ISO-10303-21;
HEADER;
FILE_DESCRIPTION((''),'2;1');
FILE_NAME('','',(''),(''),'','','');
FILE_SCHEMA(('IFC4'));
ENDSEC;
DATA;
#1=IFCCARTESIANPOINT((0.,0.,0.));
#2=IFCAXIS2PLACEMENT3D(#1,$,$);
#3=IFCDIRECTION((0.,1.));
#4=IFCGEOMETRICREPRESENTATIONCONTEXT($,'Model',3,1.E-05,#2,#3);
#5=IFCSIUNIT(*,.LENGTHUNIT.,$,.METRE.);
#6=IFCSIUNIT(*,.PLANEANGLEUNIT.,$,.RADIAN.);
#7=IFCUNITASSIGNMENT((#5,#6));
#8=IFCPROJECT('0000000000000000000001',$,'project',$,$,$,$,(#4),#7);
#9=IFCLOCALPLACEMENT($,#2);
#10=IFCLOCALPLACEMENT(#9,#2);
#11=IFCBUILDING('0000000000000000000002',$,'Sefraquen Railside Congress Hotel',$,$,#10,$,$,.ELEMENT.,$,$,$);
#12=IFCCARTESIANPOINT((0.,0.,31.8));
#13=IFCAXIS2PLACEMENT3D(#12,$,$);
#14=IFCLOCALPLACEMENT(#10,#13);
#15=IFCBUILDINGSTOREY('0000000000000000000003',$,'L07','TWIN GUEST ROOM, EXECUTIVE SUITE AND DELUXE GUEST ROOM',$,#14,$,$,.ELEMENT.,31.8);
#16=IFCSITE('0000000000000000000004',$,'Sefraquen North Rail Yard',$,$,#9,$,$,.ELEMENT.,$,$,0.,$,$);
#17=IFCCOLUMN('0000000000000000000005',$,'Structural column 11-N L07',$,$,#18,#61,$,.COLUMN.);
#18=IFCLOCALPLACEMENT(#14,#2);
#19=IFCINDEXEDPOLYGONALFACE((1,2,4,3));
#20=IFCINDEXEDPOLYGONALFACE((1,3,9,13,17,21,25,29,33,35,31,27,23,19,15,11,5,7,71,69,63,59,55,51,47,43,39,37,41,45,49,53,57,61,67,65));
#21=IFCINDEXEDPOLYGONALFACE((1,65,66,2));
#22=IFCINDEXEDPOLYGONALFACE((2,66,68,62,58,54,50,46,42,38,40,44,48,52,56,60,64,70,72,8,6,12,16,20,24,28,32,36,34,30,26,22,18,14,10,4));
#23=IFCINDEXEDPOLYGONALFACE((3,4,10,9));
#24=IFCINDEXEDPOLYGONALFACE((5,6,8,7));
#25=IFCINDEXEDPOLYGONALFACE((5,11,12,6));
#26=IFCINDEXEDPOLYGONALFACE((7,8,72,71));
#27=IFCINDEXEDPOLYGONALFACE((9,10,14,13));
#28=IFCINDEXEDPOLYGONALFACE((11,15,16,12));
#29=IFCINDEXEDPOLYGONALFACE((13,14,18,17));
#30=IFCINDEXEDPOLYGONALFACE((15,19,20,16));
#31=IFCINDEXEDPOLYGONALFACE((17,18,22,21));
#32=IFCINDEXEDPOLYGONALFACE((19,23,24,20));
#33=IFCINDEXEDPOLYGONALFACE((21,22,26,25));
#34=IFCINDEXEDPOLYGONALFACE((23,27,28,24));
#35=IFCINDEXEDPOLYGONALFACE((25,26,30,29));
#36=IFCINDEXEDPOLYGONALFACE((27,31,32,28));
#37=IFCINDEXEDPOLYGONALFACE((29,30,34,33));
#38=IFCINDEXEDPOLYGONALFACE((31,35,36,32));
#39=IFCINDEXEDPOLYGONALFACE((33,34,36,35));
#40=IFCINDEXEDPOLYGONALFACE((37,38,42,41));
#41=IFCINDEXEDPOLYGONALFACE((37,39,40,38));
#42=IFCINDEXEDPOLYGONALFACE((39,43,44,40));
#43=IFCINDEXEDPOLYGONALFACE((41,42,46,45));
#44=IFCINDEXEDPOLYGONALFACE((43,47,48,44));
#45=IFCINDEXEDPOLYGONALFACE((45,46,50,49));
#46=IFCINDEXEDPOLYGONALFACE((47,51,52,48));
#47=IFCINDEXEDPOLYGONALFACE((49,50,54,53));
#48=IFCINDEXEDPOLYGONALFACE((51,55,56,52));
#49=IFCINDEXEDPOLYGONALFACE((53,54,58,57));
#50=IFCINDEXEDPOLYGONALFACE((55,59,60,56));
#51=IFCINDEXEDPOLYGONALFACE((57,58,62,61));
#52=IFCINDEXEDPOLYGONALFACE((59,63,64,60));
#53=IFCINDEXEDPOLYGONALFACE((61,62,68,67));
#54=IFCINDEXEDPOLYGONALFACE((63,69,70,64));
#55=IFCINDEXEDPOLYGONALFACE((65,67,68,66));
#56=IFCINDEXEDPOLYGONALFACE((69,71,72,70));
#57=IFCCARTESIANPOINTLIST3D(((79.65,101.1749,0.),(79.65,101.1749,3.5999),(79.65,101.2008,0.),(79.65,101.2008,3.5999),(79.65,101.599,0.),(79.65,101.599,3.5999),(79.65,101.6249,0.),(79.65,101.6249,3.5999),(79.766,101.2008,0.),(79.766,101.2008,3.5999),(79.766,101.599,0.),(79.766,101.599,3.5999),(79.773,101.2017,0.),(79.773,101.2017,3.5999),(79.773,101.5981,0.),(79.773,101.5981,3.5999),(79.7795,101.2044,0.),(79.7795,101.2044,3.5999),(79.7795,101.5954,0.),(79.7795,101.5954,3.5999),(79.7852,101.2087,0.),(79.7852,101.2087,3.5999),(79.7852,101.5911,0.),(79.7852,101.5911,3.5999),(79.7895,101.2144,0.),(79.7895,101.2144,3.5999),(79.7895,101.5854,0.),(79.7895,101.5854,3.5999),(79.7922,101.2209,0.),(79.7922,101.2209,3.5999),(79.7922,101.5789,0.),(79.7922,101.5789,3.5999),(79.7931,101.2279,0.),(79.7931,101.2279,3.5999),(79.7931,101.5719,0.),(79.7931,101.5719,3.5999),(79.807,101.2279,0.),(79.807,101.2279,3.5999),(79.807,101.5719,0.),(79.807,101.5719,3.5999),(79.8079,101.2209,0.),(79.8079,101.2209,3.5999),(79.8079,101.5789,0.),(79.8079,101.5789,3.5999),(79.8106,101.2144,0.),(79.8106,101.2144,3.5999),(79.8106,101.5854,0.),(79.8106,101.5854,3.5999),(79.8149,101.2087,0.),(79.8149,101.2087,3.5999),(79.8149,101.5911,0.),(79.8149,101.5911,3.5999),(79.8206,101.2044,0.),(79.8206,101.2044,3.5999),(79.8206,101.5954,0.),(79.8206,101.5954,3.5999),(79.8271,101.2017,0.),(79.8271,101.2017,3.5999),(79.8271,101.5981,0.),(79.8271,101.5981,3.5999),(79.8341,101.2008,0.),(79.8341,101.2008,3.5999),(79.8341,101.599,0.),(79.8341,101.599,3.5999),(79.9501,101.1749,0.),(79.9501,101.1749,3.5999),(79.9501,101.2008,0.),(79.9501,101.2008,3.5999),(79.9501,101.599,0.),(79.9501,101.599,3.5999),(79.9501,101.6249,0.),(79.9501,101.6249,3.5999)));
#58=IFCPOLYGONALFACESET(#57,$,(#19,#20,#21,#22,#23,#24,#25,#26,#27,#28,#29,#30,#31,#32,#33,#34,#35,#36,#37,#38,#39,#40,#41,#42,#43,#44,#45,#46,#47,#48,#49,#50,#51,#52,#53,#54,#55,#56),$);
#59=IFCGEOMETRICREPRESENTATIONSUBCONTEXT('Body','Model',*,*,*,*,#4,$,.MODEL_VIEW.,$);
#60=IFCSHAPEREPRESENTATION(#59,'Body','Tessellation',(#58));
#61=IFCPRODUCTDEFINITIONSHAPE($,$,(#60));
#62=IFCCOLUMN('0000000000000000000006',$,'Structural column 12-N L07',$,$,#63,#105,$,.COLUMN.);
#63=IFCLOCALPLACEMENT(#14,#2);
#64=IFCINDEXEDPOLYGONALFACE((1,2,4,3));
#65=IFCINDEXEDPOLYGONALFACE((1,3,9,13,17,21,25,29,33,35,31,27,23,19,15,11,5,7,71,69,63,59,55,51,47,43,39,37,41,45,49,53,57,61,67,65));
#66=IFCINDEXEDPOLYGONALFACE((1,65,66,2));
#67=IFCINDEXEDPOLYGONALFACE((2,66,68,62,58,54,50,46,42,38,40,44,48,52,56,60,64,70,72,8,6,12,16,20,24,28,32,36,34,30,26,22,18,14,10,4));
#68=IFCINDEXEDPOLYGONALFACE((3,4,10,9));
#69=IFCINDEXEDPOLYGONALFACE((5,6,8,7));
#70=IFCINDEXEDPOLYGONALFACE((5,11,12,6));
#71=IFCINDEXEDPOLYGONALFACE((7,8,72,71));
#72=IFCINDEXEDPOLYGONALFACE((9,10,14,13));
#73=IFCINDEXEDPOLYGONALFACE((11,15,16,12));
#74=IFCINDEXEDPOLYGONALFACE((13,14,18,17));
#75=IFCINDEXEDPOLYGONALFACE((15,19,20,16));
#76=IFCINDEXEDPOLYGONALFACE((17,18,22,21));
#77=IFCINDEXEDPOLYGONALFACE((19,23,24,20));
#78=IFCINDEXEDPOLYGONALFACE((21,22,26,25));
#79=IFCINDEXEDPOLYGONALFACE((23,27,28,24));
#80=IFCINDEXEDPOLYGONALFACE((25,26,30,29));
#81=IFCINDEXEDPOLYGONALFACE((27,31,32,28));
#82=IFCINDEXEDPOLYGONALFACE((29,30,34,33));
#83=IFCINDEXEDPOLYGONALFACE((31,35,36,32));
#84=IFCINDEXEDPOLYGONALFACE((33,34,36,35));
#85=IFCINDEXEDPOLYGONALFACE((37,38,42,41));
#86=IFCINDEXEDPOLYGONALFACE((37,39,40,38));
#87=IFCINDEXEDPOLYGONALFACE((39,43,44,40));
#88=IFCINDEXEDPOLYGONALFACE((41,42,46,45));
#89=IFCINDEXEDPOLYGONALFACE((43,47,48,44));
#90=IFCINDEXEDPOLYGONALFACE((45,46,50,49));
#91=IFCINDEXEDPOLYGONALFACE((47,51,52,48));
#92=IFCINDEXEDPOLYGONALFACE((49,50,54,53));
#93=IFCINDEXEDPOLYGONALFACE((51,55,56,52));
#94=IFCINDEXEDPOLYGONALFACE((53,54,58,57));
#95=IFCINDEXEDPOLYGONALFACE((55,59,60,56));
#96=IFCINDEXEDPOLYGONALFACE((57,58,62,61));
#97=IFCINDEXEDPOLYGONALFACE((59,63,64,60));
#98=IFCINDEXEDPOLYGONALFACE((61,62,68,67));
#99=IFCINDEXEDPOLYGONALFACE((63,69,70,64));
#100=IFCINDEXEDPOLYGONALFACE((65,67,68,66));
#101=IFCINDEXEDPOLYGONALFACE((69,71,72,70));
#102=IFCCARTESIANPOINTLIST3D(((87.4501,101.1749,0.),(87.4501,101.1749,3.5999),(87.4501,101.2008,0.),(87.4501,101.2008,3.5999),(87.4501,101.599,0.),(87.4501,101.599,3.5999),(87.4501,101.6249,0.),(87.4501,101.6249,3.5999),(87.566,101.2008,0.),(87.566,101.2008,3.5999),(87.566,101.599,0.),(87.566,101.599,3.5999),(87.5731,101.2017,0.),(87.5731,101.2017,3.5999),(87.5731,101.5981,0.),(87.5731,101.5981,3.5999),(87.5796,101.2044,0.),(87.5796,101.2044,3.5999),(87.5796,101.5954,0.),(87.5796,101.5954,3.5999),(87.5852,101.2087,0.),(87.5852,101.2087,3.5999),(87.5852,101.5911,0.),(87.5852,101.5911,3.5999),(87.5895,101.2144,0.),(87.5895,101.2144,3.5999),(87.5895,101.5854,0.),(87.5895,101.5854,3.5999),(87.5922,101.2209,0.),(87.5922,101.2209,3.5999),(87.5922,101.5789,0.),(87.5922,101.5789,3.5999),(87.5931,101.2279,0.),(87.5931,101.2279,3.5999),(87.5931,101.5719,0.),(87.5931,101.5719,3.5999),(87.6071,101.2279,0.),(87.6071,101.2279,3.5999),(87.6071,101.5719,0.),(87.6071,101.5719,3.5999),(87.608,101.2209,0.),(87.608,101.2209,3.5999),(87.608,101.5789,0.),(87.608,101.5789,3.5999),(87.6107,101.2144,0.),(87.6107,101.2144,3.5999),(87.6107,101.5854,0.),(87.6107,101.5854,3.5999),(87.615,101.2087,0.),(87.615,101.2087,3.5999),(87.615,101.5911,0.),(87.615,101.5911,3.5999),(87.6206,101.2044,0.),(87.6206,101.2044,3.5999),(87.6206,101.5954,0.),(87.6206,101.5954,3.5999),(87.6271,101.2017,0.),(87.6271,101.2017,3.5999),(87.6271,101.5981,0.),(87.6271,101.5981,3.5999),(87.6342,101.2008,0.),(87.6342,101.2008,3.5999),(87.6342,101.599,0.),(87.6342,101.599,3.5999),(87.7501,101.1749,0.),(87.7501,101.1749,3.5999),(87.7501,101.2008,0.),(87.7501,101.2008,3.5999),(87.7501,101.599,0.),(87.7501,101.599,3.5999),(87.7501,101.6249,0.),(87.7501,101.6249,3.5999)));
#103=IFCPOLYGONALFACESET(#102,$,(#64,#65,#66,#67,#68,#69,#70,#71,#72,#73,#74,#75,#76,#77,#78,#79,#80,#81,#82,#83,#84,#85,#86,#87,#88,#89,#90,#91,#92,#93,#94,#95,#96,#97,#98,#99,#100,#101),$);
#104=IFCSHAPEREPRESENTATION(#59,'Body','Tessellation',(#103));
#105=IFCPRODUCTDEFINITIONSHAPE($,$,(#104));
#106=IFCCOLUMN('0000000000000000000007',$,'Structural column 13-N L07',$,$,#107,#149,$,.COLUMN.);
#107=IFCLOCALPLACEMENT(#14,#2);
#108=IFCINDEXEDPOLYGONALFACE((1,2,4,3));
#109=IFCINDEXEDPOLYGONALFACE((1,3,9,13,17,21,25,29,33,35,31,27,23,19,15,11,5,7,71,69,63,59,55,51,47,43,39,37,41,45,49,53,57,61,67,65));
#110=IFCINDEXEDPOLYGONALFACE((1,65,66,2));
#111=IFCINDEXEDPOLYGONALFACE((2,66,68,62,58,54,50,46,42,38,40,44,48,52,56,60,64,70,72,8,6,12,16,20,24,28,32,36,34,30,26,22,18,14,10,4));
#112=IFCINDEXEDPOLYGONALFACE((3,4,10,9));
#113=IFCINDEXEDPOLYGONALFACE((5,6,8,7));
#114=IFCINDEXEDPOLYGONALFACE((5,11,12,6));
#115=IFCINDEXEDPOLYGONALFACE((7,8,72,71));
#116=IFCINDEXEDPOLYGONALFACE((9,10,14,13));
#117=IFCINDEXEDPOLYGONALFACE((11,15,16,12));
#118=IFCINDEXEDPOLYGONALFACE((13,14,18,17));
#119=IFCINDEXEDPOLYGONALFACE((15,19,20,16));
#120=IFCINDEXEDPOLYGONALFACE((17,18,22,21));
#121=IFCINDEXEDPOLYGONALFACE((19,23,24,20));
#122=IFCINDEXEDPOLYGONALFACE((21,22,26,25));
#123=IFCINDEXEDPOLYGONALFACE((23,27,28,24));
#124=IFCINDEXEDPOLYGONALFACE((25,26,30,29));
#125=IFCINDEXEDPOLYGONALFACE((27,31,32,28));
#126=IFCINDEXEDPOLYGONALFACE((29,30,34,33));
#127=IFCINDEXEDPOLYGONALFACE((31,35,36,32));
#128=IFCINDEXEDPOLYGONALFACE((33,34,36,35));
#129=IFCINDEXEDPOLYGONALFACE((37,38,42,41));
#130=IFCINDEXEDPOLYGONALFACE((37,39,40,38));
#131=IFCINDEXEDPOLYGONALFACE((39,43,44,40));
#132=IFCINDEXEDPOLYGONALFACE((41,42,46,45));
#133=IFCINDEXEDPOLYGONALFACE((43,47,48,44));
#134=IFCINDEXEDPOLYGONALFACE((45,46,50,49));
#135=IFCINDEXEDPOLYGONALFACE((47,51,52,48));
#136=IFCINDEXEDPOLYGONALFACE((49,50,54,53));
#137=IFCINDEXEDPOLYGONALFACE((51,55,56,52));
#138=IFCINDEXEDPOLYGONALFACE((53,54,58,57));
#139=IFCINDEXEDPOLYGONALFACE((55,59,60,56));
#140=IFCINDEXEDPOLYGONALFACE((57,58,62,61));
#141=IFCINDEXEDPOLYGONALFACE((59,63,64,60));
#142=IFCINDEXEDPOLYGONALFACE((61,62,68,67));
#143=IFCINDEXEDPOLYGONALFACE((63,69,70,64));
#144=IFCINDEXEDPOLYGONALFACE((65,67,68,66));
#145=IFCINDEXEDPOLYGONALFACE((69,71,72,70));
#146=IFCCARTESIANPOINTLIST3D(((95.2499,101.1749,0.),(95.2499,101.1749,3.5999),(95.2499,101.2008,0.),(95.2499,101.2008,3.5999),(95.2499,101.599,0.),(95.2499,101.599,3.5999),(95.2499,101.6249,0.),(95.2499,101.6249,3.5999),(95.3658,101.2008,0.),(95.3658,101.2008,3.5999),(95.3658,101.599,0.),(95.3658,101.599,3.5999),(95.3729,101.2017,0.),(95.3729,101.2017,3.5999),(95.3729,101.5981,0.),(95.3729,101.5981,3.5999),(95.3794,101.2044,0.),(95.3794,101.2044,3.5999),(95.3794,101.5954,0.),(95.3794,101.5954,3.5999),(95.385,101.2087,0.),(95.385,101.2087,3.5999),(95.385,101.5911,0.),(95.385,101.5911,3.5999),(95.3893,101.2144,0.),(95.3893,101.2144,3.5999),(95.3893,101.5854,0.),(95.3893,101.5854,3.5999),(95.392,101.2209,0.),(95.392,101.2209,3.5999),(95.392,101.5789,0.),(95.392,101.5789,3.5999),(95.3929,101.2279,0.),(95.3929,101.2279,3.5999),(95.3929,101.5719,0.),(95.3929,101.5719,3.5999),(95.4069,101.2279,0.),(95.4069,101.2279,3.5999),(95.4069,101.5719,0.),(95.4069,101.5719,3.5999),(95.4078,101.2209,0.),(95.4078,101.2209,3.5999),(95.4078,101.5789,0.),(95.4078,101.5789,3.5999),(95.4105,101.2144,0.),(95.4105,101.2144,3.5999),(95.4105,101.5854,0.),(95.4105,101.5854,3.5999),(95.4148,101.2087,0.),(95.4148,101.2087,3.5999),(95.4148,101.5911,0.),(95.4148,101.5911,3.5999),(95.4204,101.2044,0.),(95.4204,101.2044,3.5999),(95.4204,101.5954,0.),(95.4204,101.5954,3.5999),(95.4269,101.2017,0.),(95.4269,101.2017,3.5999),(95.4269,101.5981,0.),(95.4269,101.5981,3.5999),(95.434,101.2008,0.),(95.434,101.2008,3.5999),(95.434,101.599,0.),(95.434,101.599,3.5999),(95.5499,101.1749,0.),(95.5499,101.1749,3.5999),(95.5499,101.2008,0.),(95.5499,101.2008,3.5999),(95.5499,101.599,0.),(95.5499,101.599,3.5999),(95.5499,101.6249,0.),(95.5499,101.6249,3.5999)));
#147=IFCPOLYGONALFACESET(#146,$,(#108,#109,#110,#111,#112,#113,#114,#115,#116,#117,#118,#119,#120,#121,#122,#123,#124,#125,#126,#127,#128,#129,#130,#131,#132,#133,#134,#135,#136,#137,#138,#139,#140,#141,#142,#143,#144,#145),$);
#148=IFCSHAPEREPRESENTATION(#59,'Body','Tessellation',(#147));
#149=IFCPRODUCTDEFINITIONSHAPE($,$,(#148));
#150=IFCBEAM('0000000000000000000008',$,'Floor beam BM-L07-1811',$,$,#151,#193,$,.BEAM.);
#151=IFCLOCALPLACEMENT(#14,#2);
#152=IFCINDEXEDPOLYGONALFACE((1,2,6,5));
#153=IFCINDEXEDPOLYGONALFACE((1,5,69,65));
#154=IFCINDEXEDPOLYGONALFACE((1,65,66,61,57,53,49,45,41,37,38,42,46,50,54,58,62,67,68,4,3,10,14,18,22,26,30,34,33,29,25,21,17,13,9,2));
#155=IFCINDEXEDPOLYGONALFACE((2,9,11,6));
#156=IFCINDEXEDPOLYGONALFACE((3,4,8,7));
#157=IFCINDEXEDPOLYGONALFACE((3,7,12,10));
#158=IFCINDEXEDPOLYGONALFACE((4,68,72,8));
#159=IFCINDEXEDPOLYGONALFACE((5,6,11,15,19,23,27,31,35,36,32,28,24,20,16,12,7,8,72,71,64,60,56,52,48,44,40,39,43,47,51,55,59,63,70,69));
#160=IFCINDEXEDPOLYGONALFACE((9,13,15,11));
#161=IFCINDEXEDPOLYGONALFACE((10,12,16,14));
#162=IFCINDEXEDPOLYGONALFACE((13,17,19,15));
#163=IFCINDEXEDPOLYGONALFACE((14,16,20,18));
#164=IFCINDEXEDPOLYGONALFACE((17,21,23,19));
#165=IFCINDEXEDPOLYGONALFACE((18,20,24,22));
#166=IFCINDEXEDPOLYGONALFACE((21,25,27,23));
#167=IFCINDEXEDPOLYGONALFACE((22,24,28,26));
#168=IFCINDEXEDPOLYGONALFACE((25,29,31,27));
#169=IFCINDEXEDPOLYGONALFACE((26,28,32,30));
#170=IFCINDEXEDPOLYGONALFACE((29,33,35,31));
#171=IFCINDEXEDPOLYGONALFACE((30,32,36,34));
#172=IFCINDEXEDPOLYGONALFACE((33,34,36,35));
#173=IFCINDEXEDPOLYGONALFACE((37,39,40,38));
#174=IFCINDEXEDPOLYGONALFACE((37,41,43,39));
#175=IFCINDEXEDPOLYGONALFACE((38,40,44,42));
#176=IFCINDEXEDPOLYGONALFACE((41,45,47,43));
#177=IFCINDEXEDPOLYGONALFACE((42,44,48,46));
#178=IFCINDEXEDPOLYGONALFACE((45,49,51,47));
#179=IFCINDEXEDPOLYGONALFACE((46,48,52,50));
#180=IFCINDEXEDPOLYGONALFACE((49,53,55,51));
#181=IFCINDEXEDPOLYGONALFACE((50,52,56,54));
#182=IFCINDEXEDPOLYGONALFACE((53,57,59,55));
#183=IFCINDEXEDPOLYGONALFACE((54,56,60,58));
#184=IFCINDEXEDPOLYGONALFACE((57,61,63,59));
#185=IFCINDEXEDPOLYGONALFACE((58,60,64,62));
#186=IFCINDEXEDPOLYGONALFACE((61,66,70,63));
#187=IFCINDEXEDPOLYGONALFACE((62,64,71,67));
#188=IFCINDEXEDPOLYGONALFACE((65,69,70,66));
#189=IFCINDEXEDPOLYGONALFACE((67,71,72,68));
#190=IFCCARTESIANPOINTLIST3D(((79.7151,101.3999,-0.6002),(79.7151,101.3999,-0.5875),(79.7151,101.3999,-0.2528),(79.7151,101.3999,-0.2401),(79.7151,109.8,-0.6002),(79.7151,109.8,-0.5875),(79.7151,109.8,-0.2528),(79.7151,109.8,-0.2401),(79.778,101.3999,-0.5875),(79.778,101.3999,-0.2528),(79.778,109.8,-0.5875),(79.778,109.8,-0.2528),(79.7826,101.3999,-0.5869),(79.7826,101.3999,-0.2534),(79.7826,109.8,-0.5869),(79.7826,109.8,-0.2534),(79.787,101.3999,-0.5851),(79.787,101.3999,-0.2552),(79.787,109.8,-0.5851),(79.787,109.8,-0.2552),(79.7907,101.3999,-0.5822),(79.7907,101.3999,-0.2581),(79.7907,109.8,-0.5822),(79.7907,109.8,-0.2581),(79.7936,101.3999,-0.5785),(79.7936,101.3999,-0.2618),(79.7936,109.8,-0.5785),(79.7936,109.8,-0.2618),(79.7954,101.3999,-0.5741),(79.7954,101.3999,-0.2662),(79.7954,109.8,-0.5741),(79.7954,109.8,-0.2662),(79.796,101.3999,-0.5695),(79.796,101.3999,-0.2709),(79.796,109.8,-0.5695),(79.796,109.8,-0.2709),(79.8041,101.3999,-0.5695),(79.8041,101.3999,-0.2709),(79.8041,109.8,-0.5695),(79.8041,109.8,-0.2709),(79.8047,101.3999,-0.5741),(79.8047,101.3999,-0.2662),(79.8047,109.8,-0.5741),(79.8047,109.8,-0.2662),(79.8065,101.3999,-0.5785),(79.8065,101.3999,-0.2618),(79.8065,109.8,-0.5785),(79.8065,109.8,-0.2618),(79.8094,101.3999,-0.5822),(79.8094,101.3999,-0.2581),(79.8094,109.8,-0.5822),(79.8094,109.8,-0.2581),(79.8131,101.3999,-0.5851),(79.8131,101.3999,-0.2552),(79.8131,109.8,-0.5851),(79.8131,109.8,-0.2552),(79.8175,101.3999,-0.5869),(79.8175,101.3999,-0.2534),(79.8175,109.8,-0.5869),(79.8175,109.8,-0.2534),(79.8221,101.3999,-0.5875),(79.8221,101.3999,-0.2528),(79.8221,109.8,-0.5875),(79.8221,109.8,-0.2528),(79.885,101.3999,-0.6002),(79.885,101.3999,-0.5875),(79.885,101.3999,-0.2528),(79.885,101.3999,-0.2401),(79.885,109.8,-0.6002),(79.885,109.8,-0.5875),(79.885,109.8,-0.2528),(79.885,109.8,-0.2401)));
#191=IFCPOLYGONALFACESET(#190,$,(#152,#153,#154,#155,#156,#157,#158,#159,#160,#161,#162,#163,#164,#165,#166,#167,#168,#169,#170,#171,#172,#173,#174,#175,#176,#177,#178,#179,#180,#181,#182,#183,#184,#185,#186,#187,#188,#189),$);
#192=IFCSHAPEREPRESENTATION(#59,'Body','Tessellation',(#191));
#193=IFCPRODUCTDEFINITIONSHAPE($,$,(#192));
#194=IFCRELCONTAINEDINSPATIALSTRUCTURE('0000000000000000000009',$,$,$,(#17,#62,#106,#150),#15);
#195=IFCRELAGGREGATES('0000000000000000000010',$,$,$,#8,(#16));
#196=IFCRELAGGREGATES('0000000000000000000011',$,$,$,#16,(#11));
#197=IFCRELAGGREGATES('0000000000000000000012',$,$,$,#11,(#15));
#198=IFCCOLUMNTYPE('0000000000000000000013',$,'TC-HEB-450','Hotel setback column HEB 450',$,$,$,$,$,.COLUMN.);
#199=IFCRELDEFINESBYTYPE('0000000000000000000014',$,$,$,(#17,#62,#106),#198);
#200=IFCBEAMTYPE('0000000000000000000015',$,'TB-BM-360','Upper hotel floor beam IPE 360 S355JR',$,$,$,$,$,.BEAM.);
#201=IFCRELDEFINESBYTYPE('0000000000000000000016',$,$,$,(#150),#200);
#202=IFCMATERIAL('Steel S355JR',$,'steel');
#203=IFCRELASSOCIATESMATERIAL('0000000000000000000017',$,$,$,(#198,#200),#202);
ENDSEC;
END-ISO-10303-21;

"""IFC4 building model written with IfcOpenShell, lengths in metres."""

from ifc_helpers import new_model, si_unit, direction, frame, origin, origin_2d, place, context, subcontext, project, spatial, i_section, extrude, material, material_profile, profile_set, type_object, element, save


model = new_model("IFC4")

# Units and contexts
model_context = context("Model", 3, precision=1e-05, world=origin(), true_north=direction((0.0, 1.0)))
body_context = subcontext(model_context, "Body", "Model", "MODEL_VIEW")
ifc_project = project(units=[si_unit("LENGTHUNIT", "METRE"), si_unit("PLANEANGLEUNIT", "RADIAN")], contexts=[model_context])

# Site, building, storey
site_placement = place(None, origin())
site = spatial("IfcSite", under=ifc_project, at=site_placement, Name="Sefraquen North Rail Yard", CompositionType="ELEMENT", RefElevation=0.0)
building_placement = place(site_placement, origin())
building = spatial("IfcBuilding", under=site, at=building_placement, Name="Sefraquen Railside Congress Hotel", CompositionType="ELEMENT")
storey_placement = place(building_placement, frame((0.0, 0.0, 31.8)))
storey = spatial("IfcBuildingStorey", under=building, at=storey_placement, Name="L07", Description="TWIN GUEST ROOM, EXECUTIVE SUITE AND DELUXE GUEST ROOM", CompositionType="ELEMENT", Elevation=31.8)

# Columns
ifc_material_1 = material(Name="Steel S355JR", Category="steel")
ifc_material_profile_1 = material_profile(ifc_material_1, i_section(OverallWidth=0.3, OverallDepth=0.45, WebThickness=0.0139, FlangeThickness=0.0259, FilletRadius=0.0271, at=origin_2d()), Name="HEB 450")
ifc_profile_set_1 = profile_set([ifc_material_profile_1], Name="Steel S355JR")
column_type = type_object("IfcColumnType", Name="TC-HEB-450", Description="Hotel setback column HEB 450", PredefinedType="COLUMN", material=ifc_profile_set_1)
for number, where, z_axis, x_axis, name in (
    (1, (79.8, 101.3999, 0.0), (0.0, 0.0, 1.0), (1.0, 0.0, 0.0), "Structural column 11-N L07"),
    (2, (87.6001, 101.3999, 0.0), (0.0, 0.0, 1.0), (1.0, 0.0, 0.0), "Structural column 12-N L07"),
    (3, (95.3999, 101.3999, 0.0), (0.0, 0.0, 1.0), (1.0, 0.0, 0.0), "Structural column 13-N L07"),
):
    element("IfcColumn", number, at=place(storey_placement, frame(where, z_axis=z_axis, x_axis=x_axis)), inside=storey, type_object=column_type, Name=name, PredefinedType="COLUMN", context=body_context, shape_type="SweptSolid", body=[
        extrude(i_section(OverallWidth=0.3, OverallDepth=0.45, WebThickness=0.0139, FlangeThickness=0.0259, FilletRadius=0.0271, at=origin_2d()), origin(), (0.0, 0.0, 1.0), 3.5999),
    ])

# Beam
ifc_material_profile_2 = material_profile(ifc_material_1, i_section(OverallWidth=0.1699, OverallDepth=0.3601, WebThickness=0.0081, FlangeThickness=0.0127, FilletRadius=0.0181, at=origin_2d()), Name="IPE 360")
ifc_profile_set_2 = profile_set([ifc_material_profile_2], Name="Steel S355JR")
beam_type_1 = type_object("IfcBeamType", Name="TB-BM-360", Description="Upper hotel floor beam IPE 360 S355JR", PredefinedType="BEAM", material=ifc_profile_set_2)
for number, where, z_axis, x_axis, name in (
    (4, (79.8, 101.3999, -0.4202), (0.0, 1.0, 0.0), (-1.0, 0.0, 0.0), "Floor beam BM-L07-1811"),
):
    element("IfcBeam", number, at=place(storey_placement, frame(where, z_axis=z_axis, x_axis=x_axis)), inside=storey, type_object=beam_type_1, Name=name, PredefinedType="BEAM", context=body_context, shape_type="SweptSolid", body=[
        extrude(i_section(OverallWidth=0.1699, OverallDepth=0.3601, WebThickness=0.0081, FlangeThickness=0.0127, FilletRadius=0.0181, at=origin_2d()), origin(), (0.0, 0.0, 1.0), 8.4001),
    ])

save(model, "model.ifc")
